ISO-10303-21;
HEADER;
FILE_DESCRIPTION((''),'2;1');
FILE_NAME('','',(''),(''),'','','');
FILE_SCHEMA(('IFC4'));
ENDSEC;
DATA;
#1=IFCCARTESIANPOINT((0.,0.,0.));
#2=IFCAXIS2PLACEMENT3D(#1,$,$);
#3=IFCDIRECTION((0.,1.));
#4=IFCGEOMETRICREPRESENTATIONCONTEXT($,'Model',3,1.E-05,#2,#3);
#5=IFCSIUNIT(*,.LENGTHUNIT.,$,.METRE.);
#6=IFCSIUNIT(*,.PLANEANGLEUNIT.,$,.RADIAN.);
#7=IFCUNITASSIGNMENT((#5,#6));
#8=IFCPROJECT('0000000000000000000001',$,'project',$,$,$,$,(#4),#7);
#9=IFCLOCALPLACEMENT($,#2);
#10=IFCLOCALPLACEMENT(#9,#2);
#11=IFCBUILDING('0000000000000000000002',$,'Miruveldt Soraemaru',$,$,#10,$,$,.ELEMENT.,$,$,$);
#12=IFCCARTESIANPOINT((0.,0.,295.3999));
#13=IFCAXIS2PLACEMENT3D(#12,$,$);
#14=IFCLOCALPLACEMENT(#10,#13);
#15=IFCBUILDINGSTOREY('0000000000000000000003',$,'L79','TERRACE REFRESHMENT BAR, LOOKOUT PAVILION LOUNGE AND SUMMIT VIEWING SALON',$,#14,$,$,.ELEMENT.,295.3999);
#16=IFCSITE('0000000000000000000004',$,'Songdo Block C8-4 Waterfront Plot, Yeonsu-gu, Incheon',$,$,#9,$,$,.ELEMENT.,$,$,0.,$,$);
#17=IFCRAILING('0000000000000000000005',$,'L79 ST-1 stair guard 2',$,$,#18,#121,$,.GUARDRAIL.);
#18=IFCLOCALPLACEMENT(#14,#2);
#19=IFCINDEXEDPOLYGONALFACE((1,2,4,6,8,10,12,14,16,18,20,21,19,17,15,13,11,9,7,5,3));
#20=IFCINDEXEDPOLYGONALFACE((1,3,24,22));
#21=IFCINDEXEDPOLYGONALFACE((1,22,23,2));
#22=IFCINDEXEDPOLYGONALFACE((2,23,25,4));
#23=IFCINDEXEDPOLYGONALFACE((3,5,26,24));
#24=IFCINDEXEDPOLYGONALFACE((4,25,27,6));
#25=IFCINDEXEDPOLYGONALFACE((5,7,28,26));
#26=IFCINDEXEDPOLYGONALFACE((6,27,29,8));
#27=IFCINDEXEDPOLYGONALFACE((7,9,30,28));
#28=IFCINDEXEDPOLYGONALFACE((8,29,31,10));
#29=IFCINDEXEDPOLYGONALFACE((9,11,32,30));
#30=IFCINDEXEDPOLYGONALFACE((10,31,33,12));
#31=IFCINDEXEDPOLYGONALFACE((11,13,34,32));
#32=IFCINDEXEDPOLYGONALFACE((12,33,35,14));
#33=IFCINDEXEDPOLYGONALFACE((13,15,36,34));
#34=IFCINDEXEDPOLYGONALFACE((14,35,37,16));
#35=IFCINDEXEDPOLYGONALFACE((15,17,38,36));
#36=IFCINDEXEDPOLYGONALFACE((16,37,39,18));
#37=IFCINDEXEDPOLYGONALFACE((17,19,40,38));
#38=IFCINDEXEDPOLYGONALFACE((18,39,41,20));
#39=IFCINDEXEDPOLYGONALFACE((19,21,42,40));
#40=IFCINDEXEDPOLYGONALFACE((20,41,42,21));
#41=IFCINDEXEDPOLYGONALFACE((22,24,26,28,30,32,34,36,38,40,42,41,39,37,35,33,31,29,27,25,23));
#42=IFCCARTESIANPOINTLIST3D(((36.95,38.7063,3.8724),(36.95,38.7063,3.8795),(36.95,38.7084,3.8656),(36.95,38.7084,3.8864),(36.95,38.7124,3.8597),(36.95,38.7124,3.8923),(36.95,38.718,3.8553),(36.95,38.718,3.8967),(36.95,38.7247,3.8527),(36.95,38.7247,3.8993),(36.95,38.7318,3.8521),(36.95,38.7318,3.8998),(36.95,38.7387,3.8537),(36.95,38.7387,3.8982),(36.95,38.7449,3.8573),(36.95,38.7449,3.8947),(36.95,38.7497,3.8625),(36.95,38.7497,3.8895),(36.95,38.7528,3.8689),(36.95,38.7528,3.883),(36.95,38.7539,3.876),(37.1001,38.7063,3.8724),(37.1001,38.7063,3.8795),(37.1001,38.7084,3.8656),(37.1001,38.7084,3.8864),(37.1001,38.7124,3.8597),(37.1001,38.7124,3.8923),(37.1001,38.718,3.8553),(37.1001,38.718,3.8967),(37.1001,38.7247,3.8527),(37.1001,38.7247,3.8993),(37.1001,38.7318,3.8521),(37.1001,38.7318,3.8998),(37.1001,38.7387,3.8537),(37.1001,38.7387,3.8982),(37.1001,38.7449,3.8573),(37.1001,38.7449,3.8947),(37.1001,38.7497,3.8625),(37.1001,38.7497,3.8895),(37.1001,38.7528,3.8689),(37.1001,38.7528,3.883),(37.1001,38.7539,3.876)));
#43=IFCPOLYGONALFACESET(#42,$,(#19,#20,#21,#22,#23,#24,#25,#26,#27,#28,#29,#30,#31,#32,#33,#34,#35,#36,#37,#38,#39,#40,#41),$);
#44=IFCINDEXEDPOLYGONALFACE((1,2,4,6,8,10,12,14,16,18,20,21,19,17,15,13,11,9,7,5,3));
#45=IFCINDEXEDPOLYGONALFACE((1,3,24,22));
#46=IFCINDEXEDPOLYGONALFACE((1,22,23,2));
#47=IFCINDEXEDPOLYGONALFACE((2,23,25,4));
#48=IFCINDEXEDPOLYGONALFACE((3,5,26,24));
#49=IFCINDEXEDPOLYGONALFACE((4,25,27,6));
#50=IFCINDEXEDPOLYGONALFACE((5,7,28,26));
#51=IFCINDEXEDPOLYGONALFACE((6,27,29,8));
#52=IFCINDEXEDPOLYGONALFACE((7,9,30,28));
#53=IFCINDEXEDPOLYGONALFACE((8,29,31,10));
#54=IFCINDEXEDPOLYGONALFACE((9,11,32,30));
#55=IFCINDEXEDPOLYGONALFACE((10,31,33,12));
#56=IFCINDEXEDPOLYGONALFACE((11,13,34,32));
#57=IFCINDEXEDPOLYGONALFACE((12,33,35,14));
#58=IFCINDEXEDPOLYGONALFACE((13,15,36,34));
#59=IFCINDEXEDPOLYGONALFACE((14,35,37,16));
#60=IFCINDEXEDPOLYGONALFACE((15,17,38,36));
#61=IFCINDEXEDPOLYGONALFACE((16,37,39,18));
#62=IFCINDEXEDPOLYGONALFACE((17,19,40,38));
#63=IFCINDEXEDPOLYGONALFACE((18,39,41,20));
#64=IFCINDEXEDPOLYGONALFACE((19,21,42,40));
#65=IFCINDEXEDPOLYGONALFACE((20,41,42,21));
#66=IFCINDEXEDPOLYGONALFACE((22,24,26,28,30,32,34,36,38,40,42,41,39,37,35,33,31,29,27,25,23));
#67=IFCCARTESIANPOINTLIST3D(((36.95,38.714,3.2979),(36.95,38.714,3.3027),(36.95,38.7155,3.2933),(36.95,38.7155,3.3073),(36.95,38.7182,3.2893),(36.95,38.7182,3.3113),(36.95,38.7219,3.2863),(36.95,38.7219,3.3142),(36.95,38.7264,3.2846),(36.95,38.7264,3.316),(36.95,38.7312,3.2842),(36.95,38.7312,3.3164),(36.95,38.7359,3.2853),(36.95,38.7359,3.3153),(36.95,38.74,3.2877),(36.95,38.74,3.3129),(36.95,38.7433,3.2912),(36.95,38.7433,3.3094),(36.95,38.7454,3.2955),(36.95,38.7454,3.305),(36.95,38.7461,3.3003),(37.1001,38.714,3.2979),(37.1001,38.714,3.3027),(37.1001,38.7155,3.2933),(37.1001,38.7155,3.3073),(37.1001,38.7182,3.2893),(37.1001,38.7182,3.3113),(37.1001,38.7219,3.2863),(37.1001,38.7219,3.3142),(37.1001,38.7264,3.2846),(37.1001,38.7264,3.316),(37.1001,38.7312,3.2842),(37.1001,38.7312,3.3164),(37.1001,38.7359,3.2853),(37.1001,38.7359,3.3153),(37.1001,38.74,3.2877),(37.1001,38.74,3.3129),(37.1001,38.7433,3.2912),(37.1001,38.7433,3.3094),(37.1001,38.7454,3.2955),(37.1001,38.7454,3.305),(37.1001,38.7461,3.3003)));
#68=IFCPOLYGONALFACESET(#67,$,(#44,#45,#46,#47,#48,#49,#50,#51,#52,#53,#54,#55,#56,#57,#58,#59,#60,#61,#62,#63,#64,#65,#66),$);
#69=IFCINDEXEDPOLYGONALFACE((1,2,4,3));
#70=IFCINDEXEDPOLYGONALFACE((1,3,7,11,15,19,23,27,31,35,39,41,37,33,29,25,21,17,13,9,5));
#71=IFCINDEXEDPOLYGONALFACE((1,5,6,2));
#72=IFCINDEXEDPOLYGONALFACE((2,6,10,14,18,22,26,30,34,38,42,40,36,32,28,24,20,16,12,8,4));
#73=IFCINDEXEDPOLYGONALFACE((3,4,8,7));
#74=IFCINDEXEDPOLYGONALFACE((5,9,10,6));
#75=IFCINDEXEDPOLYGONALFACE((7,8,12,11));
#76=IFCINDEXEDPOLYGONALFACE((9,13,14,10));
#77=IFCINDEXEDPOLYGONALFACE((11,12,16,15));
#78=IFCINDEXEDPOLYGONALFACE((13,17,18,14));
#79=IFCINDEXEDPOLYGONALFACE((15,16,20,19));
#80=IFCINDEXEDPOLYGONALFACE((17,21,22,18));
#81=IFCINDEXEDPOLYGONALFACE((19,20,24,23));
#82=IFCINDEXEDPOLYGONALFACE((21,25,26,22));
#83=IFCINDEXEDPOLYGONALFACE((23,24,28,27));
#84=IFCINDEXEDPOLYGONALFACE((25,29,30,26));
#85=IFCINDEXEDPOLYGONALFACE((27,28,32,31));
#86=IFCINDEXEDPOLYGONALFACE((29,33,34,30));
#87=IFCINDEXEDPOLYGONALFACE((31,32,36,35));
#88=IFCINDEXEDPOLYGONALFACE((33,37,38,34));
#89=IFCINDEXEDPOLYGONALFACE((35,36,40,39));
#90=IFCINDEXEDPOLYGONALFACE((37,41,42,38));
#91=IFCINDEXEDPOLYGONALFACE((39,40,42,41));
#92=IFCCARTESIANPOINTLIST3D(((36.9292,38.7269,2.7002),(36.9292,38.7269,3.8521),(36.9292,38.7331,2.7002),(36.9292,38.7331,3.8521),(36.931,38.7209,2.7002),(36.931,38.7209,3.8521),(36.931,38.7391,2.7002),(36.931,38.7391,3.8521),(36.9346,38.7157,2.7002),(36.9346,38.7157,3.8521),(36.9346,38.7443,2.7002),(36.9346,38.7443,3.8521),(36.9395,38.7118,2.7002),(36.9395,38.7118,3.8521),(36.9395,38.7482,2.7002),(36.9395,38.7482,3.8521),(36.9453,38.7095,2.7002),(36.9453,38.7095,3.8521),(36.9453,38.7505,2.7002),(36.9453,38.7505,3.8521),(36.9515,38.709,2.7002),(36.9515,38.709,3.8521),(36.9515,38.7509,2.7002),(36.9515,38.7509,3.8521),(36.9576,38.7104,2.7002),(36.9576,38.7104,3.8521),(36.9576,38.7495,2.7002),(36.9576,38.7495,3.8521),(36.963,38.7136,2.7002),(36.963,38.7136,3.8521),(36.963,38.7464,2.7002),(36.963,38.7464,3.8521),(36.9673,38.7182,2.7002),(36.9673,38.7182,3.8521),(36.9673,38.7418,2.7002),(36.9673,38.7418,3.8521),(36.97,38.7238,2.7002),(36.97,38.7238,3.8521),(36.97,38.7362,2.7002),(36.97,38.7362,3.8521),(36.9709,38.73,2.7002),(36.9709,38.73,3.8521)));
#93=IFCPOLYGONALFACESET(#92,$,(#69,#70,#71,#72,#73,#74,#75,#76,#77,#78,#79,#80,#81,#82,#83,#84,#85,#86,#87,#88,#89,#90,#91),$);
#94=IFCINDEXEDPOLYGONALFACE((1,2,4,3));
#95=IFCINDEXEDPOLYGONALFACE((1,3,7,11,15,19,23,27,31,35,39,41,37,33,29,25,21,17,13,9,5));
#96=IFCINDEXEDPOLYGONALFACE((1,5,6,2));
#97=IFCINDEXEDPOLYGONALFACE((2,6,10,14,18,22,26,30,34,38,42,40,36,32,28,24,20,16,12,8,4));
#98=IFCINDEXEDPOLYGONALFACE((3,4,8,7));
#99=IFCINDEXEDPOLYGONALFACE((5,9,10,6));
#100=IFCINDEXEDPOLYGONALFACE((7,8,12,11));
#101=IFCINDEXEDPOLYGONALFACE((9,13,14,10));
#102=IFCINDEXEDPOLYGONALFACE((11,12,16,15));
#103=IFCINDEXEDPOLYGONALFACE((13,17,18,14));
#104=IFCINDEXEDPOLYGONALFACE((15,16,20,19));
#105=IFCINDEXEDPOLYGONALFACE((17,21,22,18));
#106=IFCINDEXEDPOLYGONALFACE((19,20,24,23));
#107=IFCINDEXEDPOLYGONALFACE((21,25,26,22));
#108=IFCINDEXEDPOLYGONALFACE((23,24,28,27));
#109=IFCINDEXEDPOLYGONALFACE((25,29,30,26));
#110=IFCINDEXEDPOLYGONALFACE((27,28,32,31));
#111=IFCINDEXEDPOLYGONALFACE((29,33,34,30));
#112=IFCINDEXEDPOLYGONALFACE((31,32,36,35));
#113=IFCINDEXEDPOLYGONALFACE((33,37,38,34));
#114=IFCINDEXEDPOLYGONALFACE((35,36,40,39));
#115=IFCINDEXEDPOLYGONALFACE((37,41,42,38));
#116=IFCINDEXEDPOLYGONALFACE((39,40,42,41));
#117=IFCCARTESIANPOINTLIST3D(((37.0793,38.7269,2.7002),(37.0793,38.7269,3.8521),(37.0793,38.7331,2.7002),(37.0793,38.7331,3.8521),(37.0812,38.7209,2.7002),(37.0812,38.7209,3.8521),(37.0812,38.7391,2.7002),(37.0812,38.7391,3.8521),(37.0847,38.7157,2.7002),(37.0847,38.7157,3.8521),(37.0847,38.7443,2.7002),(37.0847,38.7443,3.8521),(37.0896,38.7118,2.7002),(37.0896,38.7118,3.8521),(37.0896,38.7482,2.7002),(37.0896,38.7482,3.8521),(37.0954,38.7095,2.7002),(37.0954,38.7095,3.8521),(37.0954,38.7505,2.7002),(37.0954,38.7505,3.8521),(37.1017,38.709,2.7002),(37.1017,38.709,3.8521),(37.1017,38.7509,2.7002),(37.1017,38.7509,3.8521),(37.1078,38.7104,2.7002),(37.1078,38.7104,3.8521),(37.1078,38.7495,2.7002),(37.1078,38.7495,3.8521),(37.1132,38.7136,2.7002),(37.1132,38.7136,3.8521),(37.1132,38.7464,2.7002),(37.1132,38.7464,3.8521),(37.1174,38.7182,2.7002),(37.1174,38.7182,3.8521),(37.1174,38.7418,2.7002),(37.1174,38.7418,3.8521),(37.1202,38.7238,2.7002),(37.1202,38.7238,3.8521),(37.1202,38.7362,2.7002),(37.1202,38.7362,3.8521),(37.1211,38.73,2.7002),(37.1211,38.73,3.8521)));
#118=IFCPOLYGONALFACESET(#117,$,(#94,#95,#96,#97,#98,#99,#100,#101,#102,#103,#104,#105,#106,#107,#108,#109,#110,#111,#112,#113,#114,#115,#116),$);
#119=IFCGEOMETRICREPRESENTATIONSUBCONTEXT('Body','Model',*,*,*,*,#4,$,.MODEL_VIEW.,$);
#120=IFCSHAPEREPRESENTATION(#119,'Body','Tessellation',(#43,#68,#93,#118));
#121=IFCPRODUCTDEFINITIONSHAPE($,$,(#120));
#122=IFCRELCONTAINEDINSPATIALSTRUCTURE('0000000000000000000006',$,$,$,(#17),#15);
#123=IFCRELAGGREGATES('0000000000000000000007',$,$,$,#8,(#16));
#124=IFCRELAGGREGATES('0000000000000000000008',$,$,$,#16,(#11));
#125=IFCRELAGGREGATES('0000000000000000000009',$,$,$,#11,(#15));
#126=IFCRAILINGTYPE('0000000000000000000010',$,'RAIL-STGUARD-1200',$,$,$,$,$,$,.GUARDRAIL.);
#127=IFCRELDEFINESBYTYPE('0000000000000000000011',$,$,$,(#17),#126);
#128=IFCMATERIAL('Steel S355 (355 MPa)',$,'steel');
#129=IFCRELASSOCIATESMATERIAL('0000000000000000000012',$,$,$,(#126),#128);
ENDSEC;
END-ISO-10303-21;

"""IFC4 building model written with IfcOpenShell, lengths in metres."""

from ifc_helpers import new_model, si_unit, direction, frame, origin, origin_2d, place, context, subcontext, project, spatial, circle, extrude, material, type_object, element, save


model = new_model("IFC4")

# Units and contexts
model_context = context("Model", 3, precision=1e-05, world=origin(), true_north=direction((0.0, 1.0)))
body_context = subcontext(model_context, "Body", "Model", "MODEL_VIEW")
ifc_project = project(units=[si_unit("LENGTHUNIT", "METRE"), si_unit("PLANEANGLEUNIT", "RADIAN")], contexts=[model_context])

# Site, building, storey
site_placement = place(None, origin())
site = spatial("IfcSite", under=ifc_project, at=site_placement, Name="Songdo Block C8-4 Waterfront Plot, Yeonsu-gu, Incheon", CompositionType="ELEMENT", RefElevation=0.0)
building_placement = place(site_placement, origin())
building = spatial("IfcBuilding", under=site, at=building_placement, Name="Miruveldt Soraemaru", CompositionType="ELEMENT")
storey_placement = place(building_placement, frame((0.0, 0.0, 295.3999)))
storey = spatial("IfcBuildingStorey", under=building, at=storey_placement, Name="L79", Description="TERRACE REFRESHMENT BAR, LOOKOUT PAVILION LOUNGE AND SUMMIT VIEWING SALON", CompositionType="ELEMENT", Elevation=295.3999)

# Railing
ifc_material_1 = material(Name="Steel S355 (355 MPa)", Category="steel")
railing_type_1 = type_object("IfcRailingType", Name="RAIL-STGUARD-1200", PredefinedType="GUARDRAIL", material=ifc_material_1)
railing_1_placement = place(storey_placement, frame((36.95, 38.73, 2.7002)))
element("IfcRailing", 1, at=railing_1_placement, inside=storey, type_object=railing_type_1, Name="L79 ST-1 stair guard 2", PredefinedType="GUARDRAIL", context=body_context, shape_type="SweptSolid", body=[
    extrude(circle(Radius=0.0239, at=origin_2d()), frame((0.0, 0.0, 1.1758), z_axis=(1.0, 0.0, 0.0), x_axis=(0.0, 1.0, 0.0)), (0.0, 0.0, 1.0), 0.1501),
    extrude(circle(Radius=0.0161, at=origin_2d()), frame((0.0, 0.0, 0.6001), z_axis=(1.0, 0.0, 0.0), x_axis=(0.0, 1.0, 0.0)), (0.0, 0.0, 1.0), 0.1501),
    extrude(circle(Radius=0.021, at=origin_2d()), origin(), (0.0, 0.0, 1.0), 1.1519),
    extrude(circle(Radius=0.021, at=origin_2d()), frame((0.1501, 0.0, 0.0)), (0.0, 0.0, 1.0), 1.1519),
])

save(model, "model.ifc")
